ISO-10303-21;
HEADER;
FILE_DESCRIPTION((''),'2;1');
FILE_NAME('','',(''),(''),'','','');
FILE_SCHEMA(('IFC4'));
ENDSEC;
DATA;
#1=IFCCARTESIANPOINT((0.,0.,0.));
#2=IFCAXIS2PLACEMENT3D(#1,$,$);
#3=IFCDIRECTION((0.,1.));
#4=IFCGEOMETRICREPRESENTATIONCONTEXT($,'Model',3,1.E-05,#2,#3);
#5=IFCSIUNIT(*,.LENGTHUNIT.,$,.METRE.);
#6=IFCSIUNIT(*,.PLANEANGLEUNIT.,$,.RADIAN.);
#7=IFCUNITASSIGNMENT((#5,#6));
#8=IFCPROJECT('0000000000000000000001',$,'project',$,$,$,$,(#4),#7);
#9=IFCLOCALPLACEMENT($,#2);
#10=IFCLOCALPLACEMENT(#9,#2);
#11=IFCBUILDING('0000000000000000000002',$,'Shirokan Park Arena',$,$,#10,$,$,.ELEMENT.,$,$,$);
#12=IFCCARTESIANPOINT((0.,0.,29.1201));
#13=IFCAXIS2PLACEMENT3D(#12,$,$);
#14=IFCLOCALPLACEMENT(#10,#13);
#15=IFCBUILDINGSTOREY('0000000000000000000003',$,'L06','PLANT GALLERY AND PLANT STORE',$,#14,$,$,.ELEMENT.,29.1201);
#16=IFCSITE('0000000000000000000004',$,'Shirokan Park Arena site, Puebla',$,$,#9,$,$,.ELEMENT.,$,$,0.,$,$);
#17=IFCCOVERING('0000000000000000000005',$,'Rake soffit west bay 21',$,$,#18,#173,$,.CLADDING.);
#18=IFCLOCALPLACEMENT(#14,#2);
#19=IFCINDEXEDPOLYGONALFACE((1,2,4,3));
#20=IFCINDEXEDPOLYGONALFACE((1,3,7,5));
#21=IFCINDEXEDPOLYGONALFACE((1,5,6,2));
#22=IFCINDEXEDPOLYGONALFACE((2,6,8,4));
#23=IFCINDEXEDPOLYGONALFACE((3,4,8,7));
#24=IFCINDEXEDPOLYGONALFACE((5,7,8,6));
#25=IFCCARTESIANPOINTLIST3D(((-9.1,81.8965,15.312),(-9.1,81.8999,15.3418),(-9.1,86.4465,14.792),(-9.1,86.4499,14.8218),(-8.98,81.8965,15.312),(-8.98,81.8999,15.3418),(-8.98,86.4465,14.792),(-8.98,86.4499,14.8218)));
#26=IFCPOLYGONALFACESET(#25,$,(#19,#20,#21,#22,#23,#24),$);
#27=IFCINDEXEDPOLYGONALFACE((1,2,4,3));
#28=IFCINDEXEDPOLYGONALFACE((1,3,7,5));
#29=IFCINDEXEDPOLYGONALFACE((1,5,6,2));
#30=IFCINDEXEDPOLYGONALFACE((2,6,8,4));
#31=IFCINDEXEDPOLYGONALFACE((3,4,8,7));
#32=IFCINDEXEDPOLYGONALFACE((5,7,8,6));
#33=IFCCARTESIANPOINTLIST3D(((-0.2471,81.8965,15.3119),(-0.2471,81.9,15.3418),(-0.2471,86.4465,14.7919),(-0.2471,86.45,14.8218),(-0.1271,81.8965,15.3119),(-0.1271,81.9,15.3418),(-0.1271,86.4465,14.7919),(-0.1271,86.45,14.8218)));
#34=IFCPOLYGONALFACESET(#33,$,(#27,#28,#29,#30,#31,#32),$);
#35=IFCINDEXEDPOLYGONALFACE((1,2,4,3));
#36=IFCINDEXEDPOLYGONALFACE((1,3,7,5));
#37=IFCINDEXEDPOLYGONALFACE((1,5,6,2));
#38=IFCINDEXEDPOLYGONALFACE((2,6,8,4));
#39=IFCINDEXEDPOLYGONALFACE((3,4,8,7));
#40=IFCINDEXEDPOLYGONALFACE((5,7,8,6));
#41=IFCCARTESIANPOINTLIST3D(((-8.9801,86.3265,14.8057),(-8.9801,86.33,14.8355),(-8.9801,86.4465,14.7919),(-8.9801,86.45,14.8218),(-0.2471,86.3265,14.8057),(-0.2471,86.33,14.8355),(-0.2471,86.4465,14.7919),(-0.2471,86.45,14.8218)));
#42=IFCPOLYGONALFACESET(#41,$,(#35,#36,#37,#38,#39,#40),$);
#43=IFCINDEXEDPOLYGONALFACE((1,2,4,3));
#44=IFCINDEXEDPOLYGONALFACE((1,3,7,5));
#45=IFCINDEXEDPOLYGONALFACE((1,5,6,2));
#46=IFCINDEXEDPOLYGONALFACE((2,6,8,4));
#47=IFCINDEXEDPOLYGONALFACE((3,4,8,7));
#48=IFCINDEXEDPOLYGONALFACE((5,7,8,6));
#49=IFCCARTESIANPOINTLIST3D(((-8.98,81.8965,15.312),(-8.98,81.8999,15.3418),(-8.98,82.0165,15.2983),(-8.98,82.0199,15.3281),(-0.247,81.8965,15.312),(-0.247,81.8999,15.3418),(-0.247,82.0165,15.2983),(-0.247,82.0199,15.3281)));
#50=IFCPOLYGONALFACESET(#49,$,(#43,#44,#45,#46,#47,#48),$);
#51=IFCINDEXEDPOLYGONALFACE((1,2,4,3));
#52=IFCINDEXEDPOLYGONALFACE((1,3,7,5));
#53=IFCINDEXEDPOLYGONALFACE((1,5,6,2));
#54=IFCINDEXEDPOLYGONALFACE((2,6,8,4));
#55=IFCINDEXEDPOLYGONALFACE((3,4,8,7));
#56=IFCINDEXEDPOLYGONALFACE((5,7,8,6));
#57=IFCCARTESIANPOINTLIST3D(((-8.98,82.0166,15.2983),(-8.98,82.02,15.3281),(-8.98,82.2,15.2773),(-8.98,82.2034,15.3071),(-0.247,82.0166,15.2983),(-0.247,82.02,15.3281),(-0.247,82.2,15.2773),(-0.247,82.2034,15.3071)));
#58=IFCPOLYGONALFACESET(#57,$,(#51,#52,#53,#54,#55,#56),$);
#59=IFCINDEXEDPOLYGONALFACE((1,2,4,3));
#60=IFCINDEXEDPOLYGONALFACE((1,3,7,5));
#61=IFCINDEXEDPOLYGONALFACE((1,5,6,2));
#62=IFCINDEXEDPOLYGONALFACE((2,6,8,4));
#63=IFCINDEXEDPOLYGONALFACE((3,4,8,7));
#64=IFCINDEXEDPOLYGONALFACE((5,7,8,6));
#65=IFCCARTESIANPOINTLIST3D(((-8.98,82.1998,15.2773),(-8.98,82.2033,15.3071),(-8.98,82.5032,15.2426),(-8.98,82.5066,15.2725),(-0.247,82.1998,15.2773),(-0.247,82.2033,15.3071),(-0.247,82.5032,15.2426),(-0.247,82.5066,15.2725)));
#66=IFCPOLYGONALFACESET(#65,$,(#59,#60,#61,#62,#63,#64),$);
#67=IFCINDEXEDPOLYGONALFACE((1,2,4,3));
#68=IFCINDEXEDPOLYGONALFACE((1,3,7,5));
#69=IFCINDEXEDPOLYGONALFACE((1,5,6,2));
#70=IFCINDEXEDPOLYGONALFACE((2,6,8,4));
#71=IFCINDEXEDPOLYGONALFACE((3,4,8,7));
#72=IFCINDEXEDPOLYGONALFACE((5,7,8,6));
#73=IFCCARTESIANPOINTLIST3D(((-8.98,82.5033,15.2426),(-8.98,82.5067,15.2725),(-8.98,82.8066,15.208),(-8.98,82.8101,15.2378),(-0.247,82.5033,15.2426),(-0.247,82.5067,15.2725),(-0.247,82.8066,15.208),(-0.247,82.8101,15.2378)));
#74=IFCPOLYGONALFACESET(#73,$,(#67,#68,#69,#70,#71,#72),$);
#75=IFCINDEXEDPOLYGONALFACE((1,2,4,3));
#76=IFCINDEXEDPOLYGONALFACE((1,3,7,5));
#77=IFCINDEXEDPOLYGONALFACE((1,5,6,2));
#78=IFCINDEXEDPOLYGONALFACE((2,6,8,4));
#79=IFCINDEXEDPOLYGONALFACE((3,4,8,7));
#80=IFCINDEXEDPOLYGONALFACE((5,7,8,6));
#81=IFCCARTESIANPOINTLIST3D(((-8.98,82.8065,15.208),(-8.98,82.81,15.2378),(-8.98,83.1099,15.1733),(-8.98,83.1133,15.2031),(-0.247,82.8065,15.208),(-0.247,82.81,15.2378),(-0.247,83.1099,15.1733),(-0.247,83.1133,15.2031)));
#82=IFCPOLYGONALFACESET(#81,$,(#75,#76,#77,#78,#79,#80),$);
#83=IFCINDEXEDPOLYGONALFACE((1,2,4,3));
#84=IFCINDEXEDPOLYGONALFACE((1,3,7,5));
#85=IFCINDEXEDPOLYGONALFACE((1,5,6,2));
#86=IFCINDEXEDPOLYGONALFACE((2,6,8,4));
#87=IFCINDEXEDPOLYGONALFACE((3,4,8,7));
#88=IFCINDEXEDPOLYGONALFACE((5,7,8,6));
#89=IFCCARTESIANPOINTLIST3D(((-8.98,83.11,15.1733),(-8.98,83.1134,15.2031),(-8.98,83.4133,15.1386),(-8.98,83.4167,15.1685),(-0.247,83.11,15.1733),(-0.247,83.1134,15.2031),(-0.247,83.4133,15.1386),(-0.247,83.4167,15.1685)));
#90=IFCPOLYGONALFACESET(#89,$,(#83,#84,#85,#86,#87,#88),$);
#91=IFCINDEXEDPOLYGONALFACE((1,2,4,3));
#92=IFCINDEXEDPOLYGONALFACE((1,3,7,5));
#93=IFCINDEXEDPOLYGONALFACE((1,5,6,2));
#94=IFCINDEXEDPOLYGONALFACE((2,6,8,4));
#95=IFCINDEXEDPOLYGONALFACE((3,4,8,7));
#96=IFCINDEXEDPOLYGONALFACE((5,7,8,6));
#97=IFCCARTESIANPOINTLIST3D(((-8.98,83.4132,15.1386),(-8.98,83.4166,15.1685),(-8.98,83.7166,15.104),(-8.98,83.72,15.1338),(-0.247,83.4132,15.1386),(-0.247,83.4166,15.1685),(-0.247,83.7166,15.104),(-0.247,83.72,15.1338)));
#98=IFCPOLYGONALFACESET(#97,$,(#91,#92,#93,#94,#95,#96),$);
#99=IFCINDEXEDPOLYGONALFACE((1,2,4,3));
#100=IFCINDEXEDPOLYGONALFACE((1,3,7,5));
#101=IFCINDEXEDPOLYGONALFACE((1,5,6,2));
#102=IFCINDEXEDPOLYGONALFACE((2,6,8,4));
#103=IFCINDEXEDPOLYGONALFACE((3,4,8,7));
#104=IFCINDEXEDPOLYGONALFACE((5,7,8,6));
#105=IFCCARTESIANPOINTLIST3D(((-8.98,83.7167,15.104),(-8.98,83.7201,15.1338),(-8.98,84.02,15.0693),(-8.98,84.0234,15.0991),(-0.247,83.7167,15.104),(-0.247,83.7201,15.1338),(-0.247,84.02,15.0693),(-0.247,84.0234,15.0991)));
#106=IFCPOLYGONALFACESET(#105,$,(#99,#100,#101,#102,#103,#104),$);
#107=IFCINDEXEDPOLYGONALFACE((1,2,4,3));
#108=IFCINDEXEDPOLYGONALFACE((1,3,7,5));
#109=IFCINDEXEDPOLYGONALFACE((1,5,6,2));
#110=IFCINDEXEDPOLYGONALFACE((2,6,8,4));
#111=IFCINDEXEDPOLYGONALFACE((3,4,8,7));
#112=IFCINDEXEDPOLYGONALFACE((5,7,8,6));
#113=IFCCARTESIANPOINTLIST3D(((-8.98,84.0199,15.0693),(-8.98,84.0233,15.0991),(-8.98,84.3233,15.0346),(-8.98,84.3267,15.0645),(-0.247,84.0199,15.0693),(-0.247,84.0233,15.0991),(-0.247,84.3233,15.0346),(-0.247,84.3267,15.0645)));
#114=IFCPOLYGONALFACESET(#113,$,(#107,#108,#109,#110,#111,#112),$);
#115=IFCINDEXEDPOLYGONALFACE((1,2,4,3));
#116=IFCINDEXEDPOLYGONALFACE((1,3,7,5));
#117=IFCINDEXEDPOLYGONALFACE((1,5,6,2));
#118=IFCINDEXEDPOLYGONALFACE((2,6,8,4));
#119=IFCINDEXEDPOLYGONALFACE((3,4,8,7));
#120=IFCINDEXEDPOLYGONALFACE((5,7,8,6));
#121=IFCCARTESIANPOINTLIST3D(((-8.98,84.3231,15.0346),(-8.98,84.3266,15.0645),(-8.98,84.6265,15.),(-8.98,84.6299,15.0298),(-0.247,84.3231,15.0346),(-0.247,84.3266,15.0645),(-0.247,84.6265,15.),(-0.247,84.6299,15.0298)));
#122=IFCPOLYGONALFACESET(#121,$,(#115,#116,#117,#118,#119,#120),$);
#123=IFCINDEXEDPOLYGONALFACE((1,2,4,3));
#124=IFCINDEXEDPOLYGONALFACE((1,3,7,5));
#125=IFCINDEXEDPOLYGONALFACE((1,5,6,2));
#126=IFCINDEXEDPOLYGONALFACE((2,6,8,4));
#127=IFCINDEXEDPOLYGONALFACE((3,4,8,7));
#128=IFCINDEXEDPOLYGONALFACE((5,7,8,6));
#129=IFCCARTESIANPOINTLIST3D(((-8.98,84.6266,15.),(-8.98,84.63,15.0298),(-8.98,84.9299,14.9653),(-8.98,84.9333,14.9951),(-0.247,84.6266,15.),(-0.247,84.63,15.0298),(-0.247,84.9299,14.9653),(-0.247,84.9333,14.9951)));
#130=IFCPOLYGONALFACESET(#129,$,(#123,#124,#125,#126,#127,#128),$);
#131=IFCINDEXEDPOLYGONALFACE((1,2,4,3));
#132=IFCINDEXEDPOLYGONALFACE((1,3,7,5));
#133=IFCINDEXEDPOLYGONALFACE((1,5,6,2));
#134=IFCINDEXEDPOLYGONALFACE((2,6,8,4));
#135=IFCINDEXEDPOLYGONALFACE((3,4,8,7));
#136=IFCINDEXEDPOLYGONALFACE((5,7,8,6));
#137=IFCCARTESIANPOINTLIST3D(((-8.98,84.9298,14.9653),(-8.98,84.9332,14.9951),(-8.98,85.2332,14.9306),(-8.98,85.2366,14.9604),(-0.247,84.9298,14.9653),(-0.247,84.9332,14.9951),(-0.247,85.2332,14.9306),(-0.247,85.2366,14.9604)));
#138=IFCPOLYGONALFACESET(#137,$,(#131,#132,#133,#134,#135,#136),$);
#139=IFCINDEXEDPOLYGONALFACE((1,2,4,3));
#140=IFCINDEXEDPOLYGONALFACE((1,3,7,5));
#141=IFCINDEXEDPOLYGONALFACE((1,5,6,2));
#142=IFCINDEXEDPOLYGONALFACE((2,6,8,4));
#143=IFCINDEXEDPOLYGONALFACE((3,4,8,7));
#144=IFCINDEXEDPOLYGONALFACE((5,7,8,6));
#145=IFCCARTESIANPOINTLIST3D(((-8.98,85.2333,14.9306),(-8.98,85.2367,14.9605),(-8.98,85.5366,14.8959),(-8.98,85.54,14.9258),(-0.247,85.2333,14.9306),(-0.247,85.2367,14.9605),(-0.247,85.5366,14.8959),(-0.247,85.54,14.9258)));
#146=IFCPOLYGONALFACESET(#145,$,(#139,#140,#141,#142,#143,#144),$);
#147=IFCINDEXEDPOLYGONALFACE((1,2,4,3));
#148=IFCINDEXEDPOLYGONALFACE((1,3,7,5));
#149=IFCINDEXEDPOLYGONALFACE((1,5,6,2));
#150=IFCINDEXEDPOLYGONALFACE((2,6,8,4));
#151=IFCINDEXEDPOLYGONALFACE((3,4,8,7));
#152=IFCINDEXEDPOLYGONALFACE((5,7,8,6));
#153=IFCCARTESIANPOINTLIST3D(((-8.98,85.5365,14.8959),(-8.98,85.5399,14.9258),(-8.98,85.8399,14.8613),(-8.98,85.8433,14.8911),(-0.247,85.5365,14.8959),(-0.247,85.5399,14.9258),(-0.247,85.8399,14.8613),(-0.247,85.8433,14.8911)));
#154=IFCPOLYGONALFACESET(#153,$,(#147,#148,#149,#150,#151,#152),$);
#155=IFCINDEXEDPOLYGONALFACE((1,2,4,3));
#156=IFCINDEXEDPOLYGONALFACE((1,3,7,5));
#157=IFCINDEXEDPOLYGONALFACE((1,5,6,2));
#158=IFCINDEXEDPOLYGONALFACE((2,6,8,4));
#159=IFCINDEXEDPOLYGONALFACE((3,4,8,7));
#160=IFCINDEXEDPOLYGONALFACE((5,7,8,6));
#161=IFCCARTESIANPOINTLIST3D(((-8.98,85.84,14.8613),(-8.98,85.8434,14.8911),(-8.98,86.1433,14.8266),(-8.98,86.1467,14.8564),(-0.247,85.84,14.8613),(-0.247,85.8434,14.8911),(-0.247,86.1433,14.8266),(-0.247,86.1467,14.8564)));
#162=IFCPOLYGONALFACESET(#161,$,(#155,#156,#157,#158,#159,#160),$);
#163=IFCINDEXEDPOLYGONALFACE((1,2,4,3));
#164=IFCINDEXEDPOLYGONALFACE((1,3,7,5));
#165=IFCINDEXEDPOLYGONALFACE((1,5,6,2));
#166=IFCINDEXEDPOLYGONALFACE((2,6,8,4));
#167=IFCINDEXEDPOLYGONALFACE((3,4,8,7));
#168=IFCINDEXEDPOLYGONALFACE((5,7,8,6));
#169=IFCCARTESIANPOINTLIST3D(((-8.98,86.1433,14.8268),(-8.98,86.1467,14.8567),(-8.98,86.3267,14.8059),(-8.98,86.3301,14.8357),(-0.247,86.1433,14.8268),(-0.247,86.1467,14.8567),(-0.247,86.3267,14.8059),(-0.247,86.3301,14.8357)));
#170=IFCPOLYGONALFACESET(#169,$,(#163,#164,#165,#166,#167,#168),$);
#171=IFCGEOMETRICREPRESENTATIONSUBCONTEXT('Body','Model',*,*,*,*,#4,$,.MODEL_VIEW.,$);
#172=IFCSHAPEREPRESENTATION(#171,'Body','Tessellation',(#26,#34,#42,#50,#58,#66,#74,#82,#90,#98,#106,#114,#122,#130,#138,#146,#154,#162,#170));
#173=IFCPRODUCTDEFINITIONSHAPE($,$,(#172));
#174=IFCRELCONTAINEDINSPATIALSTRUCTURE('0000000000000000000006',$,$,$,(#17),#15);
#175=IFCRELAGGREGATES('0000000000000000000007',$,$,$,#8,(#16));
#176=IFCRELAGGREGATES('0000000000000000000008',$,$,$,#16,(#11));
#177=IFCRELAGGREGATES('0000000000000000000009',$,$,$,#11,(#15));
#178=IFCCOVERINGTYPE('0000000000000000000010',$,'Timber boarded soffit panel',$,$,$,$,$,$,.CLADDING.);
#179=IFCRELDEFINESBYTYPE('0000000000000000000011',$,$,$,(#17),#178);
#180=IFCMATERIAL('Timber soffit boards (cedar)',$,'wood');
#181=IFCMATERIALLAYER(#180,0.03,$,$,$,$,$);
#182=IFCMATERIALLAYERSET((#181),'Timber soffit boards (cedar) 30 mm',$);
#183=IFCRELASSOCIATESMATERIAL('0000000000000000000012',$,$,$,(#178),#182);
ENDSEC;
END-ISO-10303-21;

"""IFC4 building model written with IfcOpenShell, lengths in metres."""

from ifc_helpers import new_model, si_unit, direction, frame, origin, place, context, subcontext, project, spatial, polyline, outline, extrude, material, layer, layer_set, type_object, element, save


model = new_model("IFC4")

# Units and contexts
model_context = context("Model", 3, precision=1e-05, world=origin(), true_north=direction((0.0, 1.0)))
body_context = subcontext(model_context, "Body", "Model", "MODEL_VIEW")
ifc_project = project(units=[si_unit("LENGTHUNIT", "METRE"), si_unit("PLANEANGLEUNIT", "RADIAN")], contexts=[model_context])

# Site, building, storey
site_placement = place(None, origin())
site = spatial("IfcSite", under=ifc_project, at=site_placement, Name="Shirokan Park Arena site, Puebla", CompositionType="ELEMENT", RefElevation=0.0)
building_placement = place(site_placement, origin())
building = spatial("IfcBuilding", under=site, at=building_placement, Name="Shirokan Park Arena", CompositionType="ELEMENT")
storey_placement = place(building_placement, frame((0.0, 0.0, 29.1201)))
storey = spatial("IfcBuildingStorey", under=building, at=storey_placement, Name="L06", Description="PLANT GALLERY AND PLANT STORE", CompositionType="ELEMENT", Elevation=29.1201)

# Covering
ifc_material = material(Name="Timber soffit boards (cedar)", Category="wood")
ifc_layer = layer(ifc_material, 0.03)
ifc_layer_set = layer_set([ifc_layer], Name="Timber soffit boards (cedar) 30 mm")
covering_type = type_object("IfcCoveringType", Name="Timber boarded soffit panel", PredefinedType="CLADDING", material=ifc_layer_set)
covering_1_placement = place(storey_placement, origin())
element("IfcCovering", 1, at=covering_1_placement, inside=storey, type_object=covering_type, Name="Rake soffit west bay 21", PredefinedType="CLADDING", context=body_context, shape_type="SweptSolid", body=[
    extrude(outline(polyline([(0.0, 0.0), (0.12, 0.0), (0.12, -4.5796), (0.0, -4.5796), (0.0, 0.0)])), frame((-8.98, 81.8999, 15.3418), z_axis=(0.0, 0.113547, 0.993533), x_axis=(-1.0, 0.0, 0.0)), (0.0, 0.0, -1.0), 0.03),
    extrude(outline(polyline([(0.0, 0.0), (0.12, 0.0), (0.12, -4.5796), (0.0, -4.5796), (0.0, 0.0)])), frame((-0.2471, 86.45, 14.8218), z_axis=(0.0, 0.113547, 0.993533), x_axis=(1.0, 0.0, 0.0)), (0.0, 0.0, -1.0), 0.03),
    extrude(outline(polyline([(0.0, 0.0), (0.1208, 0.0), (0.1208, -8.733), (0.0, -8.733), (0.0, 0.0)])), frame((-0.2471, 86.45, 14.8218), z_axis=(0.0, 0.113512, 0.993537), x_axis=(0.0, -0.993537, 0.113512)), (0.0, 0.0, -1.0), 0.03),
    extrude(outline(polyline([(0.0, 0.0), (0.1208, 0.0), (0.1208, -8.733), (0.0, -8.733), (0.0, 0.0)])), frame((-8.98, 81.8999, 15.3418), z_axis=(0.0, 0.113512, 0.993537), x_axis=(0.0, 0.993537, -0.113512)), (0.0, 0.0, -1.0), 0.03),
    extrude(outline(polyline([(0.0, 0.0), (8.733, 0.0), (8.733, -0.1845), (0.0, -0.1845), (0.0, 0.0)])), frame((-8.98, 82.2034, 15.3071), z_axis=(0.0, 0.113589, 0.993528), x_axis=(1.0, 0.0, 0.0)), (0.0, 0.0, -1.0), 0.03),
    extrude(outline(polyline([(0.0, 0.0), (8.733, 0.0), (8.733, -0.3053), (0.0, -0.3053), (0.0, 0.0)])), frame((-8.98, 82.5066, 15.2725), z_axis=(0.0, 0.113523, 0.993535), x_axis=(1.0, 0.0, 0.0)), (0.0, 0.0, -1.0), 0.03),
    extrude(outline(polyline([(0.0, 0.0), (8.733, 0.0), (8.733, -0.3053), (0.0, -0.3053), (0.0, 0.0)])), frame((-8.98, 82.8101, 15.2378), z_axis=(0.0, 0.113559, 0.993531), x_axis=(1.0, 0.0, 0.0)), (0.0, 0.0, -1.0), 0.03),
    extrude(outline(polyline([(0.0, 0.0), (8.733, 0.0), (8.733, -0.3053), (0.0, -0.3053), (0.0, 0.0)])), frame((-8.98, 83.1133, 15.2031), z_axis=(0.0, 0.113559, 0.993531), x_axis=(1.0, 0.0, 0.0)), (0.0, 0.0, -1.0), 0.03),
    extrude(outline(polyline([(0.0, 0.0), (8.733, 0.0), (8.733, -0.3053), (0.0, -0.3053), (0.0, 0.0)])), frame((-8.98, 83.4167, 15.1685), z_axis=(0.0, 0.113523, 0.993535), x_axis=(1.0, 0.0, 0.0)), (0.0, 0.0, -1.0), 0.03),
    extrude(outline(polyline([(0.0, 0.0), (8.733, 0.0), (8.733, -0.3053), (0.0, -0.3053), (0.0, 0.0)])), frame((-8.98, 83.72, 15.1338), z_axis=(0.0, 0.113559, 0.993531), x_axis=(1.0, 0.0, 0.0)), (0.0, 0.0, -1.0), 0.03),
    extrude(outline(polyline([(0.0, 0.0), (8.733, 0.0), (8.733, -0.3053), (0.0, -0.3053), (0.0, 0.0)])), frame((-8.98, 84.0234, 15.0991), z_axis=(0.0, 0.113559, 0.993531), x_axis=(1.0, 0.0, 0.0)), (0.0, 0.0, -1.0), 0.03),
    extrude(outline(polyline([(0.0, 0.0), (8.733, 0.0), (8.733, -0.3053), (0.0, -0.3053), (0.0, 0.0)])), frame((-8.98, 84.3267, 15.0645), z_axis=(0.0, 0.113523, 0.993535), x_axis=(1.0, 0.0, 0.0)), (0.0, 0.0, -1.0), 0.03),
    extrude(outline(polyline([(0.0, 0.0), (8.733, 0.0), (8.733, -0.3053), (0.0, -0.3053), (0.0, 0.0)])), frame((-8.98, 84.6299, 15.0298), z_axis=(0.0, 0.113559, 0.993531), x_axis=(1.0, 0.0, 0.0)), (0.0, 0.0, -1.0), 0.03),
    extrude(outline(polyline([(0.0, 0.0), (8.733, 0.0), (8.733, -0.3053), (0.0, -0.3053), (0.0, 0.0)])), frame((-8.98, 84.9333, 14.9951), z_axis=(0.0, 0.113559, 0.993531), x_axis=(1.0, 0.0, 0.0)), (0.0, 0.0, -1.0), 0.03),
    extrude(outline(polyline([(0.0, 0.0), (8.733, 0.0), (8.733, -0.3053), (0.0, -0.3053), (0.0, 0.0)])), frame((-8.98, 85.2366, 14.9604), z_axis=(0.0, 0.113523, 0.993535), x_axis=(1.0, 0.0, 0.0)), (0.0, 0.0, -1.0), 0.03),
    extrude(outline(polyline([(0.0, 0.0), (8.733, 0.0), (8.733, -0.3053), (0.0, -0.3053), (0.0, 0.0)])), frame((-8.98, 85.54, 14.9258), z_axis=(0.0, 0.113559, 0.993531), x_axis=(1.0, 0.0, 0.0)), (0.0, 0.0, -1.0), 0.03),
    extrude(outline(polyline([(0.0, 0.0), (8.733, 0.0), (8.733, -0.3053), (0.0, -0.3053), (0.0, 0.0)])), frame((-8.98, 85.8433, 14.8911), z_axis=(0.0, 0.113559, 0.993531), x_axis=(1.0, 0.0, 0.0)), (0.0, 0.0, -1.0), 0.03),
    extrude(outline(polyline([(0.0, 0.0), (8.733, 0.0), (8.733, -0.3053), (0.0, -0.3053), (0.0, 0.0)])), frame((-8.98, 86.1467, 14.8564), z_axis=(0.0, 0.113523, 0.993535), x_axis=(1.0, 0.0, 0.0)), (0.0, 0.0, -1.0), 0.03),
    extrude(outline(polyline([(0.0, 0.0), (8.733, 0.0), (8.733, -0.1845), (0.0, -0.1845), (0.0, 0.0)])), frame((-8.98, 86.3301, 14.8357), z_axis=(0.0, 0.113589, 0.993528), x_axis=(1.0, 0.0, 0.0)), (0.0, 0.0, -1.0), 0.03),
])

save(model, "model.ifc")
